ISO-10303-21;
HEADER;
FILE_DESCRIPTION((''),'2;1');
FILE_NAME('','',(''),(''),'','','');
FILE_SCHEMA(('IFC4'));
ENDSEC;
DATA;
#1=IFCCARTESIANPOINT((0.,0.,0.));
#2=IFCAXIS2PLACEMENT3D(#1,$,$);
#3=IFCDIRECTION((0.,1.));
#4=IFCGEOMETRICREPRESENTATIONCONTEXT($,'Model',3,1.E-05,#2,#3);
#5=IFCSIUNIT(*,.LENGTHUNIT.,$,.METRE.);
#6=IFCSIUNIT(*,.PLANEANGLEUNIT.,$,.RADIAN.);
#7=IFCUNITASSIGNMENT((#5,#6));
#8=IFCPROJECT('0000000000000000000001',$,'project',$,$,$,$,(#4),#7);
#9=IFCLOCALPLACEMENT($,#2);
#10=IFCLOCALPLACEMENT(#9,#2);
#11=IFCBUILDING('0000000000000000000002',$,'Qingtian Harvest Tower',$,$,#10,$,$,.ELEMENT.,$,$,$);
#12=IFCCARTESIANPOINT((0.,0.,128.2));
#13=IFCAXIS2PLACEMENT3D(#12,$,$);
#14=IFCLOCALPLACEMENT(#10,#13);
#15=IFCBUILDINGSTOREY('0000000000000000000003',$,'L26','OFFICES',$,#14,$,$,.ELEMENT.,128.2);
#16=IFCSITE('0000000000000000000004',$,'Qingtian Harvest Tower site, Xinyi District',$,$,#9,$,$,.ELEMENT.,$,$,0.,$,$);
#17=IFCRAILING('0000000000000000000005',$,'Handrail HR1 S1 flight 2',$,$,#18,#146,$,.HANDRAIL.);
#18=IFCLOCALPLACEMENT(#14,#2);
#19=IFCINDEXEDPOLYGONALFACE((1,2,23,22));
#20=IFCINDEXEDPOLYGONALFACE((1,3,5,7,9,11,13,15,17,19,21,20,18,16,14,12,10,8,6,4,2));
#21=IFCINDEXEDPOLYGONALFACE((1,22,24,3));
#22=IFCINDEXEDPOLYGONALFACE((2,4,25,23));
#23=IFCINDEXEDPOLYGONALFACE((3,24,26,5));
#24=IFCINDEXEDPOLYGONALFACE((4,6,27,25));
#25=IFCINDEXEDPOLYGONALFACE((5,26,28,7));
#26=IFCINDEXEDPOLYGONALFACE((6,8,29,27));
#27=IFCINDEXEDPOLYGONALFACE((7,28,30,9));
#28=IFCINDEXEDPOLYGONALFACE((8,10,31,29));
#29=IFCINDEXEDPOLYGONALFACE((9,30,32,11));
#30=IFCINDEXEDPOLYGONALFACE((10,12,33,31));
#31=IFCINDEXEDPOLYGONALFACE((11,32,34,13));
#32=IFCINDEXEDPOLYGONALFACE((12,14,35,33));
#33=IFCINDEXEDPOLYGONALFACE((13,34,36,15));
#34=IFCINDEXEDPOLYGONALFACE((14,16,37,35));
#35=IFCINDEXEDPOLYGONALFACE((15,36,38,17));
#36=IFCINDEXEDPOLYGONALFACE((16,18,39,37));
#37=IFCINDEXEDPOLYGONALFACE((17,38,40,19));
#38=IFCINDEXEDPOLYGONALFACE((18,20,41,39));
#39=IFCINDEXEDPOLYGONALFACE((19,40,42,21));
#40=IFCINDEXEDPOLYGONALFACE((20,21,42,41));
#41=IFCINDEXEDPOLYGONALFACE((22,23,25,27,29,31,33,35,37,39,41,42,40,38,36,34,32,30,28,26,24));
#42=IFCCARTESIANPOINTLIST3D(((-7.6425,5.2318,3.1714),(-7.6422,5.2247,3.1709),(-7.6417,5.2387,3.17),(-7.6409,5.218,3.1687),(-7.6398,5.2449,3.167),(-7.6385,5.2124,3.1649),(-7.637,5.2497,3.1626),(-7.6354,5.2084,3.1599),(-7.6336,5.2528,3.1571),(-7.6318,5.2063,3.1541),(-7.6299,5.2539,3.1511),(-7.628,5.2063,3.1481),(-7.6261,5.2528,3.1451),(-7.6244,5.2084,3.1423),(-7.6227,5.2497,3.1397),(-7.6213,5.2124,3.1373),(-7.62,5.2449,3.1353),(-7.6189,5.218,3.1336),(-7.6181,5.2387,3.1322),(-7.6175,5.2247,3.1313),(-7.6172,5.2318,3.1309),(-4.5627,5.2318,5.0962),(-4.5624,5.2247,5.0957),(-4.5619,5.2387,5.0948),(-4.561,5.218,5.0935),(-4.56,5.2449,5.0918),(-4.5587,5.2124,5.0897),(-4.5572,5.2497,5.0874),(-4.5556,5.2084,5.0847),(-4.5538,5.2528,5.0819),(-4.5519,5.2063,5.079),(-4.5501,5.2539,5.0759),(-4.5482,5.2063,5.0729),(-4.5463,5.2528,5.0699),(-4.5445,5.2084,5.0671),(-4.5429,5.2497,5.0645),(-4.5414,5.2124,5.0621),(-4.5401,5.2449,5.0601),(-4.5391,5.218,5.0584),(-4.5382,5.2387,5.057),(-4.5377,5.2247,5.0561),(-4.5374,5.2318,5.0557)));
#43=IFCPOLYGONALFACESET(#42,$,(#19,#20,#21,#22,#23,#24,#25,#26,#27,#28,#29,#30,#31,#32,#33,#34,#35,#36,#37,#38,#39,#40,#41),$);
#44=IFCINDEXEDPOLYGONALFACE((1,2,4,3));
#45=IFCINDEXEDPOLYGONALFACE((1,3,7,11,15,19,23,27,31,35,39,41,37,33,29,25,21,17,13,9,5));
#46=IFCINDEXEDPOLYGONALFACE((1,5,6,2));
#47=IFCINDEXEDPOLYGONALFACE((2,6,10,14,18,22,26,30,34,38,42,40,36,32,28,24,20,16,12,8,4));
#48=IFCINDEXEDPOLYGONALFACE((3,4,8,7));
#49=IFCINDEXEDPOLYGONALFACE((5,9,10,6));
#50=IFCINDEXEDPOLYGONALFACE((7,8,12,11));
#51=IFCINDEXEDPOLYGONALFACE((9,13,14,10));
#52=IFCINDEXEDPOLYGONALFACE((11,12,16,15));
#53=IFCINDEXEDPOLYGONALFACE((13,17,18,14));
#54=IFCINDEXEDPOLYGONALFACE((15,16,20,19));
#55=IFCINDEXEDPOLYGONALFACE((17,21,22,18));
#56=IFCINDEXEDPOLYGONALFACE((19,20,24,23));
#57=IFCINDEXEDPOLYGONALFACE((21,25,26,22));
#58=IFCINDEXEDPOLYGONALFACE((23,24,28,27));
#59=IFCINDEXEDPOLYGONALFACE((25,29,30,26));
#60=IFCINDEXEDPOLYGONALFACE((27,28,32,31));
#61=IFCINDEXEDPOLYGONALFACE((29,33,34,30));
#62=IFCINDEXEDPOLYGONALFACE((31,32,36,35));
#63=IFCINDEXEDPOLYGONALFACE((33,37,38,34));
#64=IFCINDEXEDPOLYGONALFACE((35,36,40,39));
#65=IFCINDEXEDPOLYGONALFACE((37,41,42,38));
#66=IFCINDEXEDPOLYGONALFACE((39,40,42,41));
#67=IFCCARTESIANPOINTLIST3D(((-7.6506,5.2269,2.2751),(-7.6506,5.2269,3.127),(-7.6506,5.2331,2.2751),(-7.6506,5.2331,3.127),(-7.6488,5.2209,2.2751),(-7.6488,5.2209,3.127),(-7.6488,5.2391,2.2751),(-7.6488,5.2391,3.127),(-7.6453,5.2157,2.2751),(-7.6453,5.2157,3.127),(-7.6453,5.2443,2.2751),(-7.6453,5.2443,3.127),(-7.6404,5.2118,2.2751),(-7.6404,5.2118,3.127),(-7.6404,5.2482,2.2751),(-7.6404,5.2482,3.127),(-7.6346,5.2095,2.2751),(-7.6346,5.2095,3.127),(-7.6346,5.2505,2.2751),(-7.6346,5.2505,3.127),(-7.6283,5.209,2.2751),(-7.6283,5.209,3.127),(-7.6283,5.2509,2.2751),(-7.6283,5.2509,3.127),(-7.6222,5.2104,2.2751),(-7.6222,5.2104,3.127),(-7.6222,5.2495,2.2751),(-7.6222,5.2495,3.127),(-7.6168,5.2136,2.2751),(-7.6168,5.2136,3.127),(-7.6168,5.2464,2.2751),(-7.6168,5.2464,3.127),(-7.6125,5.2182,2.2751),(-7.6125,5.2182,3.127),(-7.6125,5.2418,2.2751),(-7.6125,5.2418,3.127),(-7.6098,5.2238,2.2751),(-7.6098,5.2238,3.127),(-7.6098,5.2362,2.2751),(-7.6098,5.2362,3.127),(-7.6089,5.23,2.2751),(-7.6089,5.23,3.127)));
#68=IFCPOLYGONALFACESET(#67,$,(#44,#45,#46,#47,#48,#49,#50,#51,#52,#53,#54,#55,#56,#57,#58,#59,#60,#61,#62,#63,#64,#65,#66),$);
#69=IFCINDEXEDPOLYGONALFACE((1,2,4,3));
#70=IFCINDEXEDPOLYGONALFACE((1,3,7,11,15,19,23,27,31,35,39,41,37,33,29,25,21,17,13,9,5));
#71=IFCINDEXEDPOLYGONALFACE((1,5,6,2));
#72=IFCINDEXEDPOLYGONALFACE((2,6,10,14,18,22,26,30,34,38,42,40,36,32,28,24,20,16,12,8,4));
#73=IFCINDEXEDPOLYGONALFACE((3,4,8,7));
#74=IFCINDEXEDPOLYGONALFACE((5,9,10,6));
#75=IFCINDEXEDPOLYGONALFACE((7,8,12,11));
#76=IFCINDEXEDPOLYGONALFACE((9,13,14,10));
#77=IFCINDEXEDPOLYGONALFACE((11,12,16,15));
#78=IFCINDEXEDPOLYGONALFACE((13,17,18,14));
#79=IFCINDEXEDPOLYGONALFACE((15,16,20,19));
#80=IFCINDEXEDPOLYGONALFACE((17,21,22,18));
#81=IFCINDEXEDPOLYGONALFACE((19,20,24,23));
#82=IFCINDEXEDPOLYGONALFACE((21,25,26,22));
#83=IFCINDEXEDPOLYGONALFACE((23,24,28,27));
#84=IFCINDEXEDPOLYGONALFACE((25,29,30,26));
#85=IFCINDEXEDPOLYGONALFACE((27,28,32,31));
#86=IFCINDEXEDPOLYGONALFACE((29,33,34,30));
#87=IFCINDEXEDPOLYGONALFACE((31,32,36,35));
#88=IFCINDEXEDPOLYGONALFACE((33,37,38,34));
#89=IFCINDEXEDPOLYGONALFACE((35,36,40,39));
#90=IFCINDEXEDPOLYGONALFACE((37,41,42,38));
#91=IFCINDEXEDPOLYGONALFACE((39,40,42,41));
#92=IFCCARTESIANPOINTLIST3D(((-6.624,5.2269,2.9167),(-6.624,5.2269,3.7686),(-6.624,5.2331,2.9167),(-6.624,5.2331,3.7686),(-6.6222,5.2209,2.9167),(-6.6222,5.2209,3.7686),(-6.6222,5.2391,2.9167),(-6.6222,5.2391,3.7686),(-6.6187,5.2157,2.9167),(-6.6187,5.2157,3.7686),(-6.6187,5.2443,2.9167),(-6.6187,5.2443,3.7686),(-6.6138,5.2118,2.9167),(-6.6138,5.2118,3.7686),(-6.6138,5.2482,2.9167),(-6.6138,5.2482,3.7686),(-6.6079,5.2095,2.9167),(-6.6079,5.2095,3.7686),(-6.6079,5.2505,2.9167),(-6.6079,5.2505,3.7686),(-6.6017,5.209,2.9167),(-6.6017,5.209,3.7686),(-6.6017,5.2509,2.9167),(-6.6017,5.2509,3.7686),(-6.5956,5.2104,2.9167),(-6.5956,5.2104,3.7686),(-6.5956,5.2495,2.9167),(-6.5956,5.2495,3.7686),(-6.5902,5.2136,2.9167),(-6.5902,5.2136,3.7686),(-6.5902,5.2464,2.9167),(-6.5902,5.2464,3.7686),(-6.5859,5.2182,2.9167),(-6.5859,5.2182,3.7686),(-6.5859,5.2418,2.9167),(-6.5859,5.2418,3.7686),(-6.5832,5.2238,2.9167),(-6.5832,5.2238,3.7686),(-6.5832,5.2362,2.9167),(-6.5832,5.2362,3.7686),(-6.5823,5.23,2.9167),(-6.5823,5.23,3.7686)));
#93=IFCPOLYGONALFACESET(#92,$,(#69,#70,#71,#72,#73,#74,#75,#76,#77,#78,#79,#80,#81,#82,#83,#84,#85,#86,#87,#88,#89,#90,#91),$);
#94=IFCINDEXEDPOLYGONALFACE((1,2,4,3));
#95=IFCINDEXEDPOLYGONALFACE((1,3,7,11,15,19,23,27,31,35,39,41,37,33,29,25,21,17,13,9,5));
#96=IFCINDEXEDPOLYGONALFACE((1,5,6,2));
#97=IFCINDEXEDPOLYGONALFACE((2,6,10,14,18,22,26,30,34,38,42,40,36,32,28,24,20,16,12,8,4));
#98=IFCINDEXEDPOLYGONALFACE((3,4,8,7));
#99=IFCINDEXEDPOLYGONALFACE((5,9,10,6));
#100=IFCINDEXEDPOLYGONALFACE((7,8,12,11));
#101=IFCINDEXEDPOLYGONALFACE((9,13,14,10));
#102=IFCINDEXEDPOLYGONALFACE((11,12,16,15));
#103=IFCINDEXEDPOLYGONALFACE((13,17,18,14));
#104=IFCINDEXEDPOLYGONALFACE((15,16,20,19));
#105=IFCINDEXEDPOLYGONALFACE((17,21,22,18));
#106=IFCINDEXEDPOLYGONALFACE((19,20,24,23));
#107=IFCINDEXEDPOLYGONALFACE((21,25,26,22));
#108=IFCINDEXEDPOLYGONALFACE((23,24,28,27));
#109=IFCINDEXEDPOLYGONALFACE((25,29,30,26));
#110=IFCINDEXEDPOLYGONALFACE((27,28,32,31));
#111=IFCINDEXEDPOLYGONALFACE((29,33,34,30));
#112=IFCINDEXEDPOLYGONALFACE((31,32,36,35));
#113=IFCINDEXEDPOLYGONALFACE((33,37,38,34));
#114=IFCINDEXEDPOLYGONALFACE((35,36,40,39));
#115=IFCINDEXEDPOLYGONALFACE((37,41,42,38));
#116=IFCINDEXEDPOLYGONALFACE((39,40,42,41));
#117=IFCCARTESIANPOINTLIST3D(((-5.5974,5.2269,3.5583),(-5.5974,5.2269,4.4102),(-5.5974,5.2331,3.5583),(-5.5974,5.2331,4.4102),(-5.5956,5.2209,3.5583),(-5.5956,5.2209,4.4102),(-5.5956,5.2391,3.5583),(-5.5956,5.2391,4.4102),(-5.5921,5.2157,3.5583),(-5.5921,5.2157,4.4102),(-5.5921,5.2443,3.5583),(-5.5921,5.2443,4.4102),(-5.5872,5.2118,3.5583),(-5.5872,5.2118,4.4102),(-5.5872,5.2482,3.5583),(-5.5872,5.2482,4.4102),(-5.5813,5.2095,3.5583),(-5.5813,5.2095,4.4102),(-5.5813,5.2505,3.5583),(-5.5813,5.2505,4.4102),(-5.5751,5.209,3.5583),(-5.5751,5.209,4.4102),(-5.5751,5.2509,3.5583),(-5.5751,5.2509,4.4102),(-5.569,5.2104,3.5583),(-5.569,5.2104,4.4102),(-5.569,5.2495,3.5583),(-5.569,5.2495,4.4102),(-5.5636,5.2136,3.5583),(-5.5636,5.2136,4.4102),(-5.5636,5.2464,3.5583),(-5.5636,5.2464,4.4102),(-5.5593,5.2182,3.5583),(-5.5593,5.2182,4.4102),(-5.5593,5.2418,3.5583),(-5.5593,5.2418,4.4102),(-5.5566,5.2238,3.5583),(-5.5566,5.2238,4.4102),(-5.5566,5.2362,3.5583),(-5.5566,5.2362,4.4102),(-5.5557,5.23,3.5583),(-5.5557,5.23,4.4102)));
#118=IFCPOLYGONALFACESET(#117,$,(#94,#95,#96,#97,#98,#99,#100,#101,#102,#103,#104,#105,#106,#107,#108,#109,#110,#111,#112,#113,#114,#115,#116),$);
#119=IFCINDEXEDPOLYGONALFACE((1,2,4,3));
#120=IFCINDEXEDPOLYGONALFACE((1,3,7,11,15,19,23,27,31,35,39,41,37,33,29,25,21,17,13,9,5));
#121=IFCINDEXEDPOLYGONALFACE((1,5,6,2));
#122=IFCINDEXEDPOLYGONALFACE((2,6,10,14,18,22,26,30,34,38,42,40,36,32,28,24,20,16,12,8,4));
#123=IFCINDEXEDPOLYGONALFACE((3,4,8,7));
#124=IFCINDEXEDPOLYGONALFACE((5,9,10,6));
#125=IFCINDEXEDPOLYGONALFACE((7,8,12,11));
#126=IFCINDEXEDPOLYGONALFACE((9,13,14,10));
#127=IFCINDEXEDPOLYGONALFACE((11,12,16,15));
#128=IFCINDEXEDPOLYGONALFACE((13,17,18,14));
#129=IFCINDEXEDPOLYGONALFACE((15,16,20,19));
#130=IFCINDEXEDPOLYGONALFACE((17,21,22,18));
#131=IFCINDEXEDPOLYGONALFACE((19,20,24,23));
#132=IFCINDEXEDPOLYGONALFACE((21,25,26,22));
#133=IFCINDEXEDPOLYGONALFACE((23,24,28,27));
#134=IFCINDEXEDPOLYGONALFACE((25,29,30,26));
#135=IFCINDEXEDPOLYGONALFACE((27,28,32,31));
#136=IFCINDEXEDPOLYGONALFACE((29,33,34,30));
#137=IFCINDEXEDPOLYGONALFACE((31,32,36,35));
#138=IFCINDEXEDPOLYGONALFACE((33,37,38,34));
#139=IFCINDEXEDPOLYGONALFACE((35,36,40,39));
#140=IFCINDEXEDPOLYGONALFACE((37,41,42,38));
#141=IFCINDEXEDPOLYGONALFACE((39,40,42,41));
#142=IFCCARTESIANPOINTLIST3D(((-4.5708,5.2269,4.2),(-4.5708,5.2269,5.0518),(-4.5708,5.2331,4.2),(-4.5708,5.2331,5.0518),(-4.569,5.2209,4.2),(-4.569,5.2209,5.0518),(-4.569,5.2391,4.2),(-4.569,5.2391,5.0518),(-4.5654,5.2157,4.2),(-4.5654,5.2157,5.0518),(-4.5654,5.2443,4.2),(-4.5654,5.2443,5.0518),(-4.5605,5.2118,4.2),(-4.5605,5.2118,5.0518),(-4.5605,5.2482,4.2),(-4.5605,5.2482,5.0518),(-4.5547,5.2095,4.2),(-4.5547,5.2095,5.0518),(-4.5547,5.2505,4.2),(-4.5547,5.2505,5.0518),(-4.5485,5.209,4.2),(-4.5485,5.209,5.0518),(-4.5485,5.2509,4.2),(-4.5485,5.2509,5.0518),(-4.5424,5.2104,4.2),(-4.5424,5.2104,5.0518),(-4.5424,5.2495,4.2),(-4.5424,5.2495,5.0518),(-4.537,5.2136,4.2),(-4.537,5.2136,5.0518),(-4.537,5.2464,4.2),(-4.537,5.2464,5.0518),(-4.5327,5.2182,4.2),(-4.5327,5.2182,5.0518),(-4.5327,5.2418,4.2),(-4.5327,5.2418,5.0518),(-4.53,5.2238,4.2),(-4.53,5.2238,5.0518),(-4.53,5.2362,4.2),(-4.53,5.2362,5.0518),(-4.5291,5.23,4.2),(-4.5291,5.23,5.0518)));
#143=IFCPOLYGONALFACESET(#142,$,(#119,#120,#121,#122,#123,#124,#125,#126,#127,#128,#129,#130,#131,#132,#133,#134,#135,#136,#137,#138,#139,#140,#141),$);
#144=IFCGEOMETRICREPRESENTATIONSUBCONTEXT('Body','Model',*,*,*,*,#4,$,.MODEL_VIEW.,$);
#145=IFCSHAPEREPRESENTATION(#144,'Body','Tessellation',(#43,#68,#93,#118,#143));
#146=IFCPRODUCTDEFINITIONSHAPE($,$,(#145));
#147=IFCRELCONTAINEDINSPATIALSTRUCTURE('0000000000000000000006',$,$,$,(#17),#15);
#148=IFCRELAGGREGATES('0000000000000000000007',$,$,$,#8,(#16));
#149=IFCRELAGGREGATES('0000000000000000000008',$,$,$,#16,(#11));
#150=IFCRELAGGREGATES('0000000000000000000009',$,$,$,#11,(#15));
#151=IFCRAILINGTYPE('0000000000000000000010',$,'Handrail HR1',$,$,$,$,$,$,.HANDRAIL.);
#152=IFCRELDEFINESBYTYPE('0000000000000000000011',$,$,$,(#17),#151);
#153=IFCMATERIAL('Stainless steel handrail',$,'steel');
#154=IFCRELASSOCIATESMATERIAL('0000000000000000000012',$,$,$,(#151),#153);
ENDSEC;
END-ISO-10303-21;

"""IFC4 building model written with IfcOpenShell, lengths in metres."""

from ifc_helpers import new_model, si_unit, direction, frame, origin, origin_2d, place, context, subcontext, project, spatial, circle, extrude, material, type_object, element, save


model = new_model("IFC4")

# Units and contexts
model_context = context("Model", 3, precision=1e-05, world=origin(), true_north=direction((0.0, 1.0)))
body_context = subcontext(model_context, "Body", "Model", "MODEL_VIEW")
ifc_project = project(units=[si_unit("LENGTHUNIT", "METRE"), si_unit("PLANEANGLEUNIT", "RADIAN")], contexts=[model_context])

# Site, building, storey
site_placement = place(None, origin())
site = spatial("IfcSite", under=ifc_project, at=site_placement, Name="Qingtian Harvest Tower site, Xinyi District", CompositionType="ELEMENT", RefElevation=0.0)
building_placement = place(site_placement, origin())
building = spatial("IfcBuilding", under=site, at=building_placement, Name="Qingtian Harvest Tower", CompositionType="ELEMENT")
storey_placement = place(building_placement, frame((0.0, 0.0, 128.2)))
storey = spatial("IfcBuildingStorey", under=building, at=storey_placement, Name="L26", Description="OFFICES", CompositionType="ELEMENT", Elevation=128.2)

# Railing
ifc_material_1 = material(Name="Stainless steel handrail", Category="steel")
railing_type = type_object("IfcRailingType", Name="Handrail HR1", PredefinedType="HANDRAIL", material=ifc_material_1)
railing_placement = place(storey_placement, frame((-7.6299, 5.23, 2.2751)))
element("IfcRailing", 1, at=railing_placement, inside=storey, type_object=railing_type, Name="Handrail HR1 S1 flight 2", PredefinedType="HANDRAIL", context=body_context, shape_type="SweptSolid", body=[
    extrude(circle(Radius=0.0239, at=origin_2d()), frame((0.0, 0.0, 0.876), z_axis=(0.84801, 0.0, 0.529981), x_axis=(0.0, 1.0, 0.0)), (0.0, 0.0, 1.0), 3.6318),
    extrude(circle(Radius=0.021, at=origin_2d()), origin(), (0.0, 0.0, 1.0), 0.8518),
    extrude(circle(Radius=0.021, at=origin_2d()), frame((1.0266, 0.0, 0.6416)), (0.0, 0.0, 1.0), 0.8518),
    extrude(circle(Radius=0.021, at=origin_2d()), frame((2.0532, 0.0, 1.2832)), (0.0, 0.0, 1.0), 0.8518),
    extrude(circle(Radius=0.021, at=origin_2d()), frame((3.0798, 0.0, 1.9248)), (0.0, 0.0, 1.0), 0.8518),
])

save(model, "model.ifc")
